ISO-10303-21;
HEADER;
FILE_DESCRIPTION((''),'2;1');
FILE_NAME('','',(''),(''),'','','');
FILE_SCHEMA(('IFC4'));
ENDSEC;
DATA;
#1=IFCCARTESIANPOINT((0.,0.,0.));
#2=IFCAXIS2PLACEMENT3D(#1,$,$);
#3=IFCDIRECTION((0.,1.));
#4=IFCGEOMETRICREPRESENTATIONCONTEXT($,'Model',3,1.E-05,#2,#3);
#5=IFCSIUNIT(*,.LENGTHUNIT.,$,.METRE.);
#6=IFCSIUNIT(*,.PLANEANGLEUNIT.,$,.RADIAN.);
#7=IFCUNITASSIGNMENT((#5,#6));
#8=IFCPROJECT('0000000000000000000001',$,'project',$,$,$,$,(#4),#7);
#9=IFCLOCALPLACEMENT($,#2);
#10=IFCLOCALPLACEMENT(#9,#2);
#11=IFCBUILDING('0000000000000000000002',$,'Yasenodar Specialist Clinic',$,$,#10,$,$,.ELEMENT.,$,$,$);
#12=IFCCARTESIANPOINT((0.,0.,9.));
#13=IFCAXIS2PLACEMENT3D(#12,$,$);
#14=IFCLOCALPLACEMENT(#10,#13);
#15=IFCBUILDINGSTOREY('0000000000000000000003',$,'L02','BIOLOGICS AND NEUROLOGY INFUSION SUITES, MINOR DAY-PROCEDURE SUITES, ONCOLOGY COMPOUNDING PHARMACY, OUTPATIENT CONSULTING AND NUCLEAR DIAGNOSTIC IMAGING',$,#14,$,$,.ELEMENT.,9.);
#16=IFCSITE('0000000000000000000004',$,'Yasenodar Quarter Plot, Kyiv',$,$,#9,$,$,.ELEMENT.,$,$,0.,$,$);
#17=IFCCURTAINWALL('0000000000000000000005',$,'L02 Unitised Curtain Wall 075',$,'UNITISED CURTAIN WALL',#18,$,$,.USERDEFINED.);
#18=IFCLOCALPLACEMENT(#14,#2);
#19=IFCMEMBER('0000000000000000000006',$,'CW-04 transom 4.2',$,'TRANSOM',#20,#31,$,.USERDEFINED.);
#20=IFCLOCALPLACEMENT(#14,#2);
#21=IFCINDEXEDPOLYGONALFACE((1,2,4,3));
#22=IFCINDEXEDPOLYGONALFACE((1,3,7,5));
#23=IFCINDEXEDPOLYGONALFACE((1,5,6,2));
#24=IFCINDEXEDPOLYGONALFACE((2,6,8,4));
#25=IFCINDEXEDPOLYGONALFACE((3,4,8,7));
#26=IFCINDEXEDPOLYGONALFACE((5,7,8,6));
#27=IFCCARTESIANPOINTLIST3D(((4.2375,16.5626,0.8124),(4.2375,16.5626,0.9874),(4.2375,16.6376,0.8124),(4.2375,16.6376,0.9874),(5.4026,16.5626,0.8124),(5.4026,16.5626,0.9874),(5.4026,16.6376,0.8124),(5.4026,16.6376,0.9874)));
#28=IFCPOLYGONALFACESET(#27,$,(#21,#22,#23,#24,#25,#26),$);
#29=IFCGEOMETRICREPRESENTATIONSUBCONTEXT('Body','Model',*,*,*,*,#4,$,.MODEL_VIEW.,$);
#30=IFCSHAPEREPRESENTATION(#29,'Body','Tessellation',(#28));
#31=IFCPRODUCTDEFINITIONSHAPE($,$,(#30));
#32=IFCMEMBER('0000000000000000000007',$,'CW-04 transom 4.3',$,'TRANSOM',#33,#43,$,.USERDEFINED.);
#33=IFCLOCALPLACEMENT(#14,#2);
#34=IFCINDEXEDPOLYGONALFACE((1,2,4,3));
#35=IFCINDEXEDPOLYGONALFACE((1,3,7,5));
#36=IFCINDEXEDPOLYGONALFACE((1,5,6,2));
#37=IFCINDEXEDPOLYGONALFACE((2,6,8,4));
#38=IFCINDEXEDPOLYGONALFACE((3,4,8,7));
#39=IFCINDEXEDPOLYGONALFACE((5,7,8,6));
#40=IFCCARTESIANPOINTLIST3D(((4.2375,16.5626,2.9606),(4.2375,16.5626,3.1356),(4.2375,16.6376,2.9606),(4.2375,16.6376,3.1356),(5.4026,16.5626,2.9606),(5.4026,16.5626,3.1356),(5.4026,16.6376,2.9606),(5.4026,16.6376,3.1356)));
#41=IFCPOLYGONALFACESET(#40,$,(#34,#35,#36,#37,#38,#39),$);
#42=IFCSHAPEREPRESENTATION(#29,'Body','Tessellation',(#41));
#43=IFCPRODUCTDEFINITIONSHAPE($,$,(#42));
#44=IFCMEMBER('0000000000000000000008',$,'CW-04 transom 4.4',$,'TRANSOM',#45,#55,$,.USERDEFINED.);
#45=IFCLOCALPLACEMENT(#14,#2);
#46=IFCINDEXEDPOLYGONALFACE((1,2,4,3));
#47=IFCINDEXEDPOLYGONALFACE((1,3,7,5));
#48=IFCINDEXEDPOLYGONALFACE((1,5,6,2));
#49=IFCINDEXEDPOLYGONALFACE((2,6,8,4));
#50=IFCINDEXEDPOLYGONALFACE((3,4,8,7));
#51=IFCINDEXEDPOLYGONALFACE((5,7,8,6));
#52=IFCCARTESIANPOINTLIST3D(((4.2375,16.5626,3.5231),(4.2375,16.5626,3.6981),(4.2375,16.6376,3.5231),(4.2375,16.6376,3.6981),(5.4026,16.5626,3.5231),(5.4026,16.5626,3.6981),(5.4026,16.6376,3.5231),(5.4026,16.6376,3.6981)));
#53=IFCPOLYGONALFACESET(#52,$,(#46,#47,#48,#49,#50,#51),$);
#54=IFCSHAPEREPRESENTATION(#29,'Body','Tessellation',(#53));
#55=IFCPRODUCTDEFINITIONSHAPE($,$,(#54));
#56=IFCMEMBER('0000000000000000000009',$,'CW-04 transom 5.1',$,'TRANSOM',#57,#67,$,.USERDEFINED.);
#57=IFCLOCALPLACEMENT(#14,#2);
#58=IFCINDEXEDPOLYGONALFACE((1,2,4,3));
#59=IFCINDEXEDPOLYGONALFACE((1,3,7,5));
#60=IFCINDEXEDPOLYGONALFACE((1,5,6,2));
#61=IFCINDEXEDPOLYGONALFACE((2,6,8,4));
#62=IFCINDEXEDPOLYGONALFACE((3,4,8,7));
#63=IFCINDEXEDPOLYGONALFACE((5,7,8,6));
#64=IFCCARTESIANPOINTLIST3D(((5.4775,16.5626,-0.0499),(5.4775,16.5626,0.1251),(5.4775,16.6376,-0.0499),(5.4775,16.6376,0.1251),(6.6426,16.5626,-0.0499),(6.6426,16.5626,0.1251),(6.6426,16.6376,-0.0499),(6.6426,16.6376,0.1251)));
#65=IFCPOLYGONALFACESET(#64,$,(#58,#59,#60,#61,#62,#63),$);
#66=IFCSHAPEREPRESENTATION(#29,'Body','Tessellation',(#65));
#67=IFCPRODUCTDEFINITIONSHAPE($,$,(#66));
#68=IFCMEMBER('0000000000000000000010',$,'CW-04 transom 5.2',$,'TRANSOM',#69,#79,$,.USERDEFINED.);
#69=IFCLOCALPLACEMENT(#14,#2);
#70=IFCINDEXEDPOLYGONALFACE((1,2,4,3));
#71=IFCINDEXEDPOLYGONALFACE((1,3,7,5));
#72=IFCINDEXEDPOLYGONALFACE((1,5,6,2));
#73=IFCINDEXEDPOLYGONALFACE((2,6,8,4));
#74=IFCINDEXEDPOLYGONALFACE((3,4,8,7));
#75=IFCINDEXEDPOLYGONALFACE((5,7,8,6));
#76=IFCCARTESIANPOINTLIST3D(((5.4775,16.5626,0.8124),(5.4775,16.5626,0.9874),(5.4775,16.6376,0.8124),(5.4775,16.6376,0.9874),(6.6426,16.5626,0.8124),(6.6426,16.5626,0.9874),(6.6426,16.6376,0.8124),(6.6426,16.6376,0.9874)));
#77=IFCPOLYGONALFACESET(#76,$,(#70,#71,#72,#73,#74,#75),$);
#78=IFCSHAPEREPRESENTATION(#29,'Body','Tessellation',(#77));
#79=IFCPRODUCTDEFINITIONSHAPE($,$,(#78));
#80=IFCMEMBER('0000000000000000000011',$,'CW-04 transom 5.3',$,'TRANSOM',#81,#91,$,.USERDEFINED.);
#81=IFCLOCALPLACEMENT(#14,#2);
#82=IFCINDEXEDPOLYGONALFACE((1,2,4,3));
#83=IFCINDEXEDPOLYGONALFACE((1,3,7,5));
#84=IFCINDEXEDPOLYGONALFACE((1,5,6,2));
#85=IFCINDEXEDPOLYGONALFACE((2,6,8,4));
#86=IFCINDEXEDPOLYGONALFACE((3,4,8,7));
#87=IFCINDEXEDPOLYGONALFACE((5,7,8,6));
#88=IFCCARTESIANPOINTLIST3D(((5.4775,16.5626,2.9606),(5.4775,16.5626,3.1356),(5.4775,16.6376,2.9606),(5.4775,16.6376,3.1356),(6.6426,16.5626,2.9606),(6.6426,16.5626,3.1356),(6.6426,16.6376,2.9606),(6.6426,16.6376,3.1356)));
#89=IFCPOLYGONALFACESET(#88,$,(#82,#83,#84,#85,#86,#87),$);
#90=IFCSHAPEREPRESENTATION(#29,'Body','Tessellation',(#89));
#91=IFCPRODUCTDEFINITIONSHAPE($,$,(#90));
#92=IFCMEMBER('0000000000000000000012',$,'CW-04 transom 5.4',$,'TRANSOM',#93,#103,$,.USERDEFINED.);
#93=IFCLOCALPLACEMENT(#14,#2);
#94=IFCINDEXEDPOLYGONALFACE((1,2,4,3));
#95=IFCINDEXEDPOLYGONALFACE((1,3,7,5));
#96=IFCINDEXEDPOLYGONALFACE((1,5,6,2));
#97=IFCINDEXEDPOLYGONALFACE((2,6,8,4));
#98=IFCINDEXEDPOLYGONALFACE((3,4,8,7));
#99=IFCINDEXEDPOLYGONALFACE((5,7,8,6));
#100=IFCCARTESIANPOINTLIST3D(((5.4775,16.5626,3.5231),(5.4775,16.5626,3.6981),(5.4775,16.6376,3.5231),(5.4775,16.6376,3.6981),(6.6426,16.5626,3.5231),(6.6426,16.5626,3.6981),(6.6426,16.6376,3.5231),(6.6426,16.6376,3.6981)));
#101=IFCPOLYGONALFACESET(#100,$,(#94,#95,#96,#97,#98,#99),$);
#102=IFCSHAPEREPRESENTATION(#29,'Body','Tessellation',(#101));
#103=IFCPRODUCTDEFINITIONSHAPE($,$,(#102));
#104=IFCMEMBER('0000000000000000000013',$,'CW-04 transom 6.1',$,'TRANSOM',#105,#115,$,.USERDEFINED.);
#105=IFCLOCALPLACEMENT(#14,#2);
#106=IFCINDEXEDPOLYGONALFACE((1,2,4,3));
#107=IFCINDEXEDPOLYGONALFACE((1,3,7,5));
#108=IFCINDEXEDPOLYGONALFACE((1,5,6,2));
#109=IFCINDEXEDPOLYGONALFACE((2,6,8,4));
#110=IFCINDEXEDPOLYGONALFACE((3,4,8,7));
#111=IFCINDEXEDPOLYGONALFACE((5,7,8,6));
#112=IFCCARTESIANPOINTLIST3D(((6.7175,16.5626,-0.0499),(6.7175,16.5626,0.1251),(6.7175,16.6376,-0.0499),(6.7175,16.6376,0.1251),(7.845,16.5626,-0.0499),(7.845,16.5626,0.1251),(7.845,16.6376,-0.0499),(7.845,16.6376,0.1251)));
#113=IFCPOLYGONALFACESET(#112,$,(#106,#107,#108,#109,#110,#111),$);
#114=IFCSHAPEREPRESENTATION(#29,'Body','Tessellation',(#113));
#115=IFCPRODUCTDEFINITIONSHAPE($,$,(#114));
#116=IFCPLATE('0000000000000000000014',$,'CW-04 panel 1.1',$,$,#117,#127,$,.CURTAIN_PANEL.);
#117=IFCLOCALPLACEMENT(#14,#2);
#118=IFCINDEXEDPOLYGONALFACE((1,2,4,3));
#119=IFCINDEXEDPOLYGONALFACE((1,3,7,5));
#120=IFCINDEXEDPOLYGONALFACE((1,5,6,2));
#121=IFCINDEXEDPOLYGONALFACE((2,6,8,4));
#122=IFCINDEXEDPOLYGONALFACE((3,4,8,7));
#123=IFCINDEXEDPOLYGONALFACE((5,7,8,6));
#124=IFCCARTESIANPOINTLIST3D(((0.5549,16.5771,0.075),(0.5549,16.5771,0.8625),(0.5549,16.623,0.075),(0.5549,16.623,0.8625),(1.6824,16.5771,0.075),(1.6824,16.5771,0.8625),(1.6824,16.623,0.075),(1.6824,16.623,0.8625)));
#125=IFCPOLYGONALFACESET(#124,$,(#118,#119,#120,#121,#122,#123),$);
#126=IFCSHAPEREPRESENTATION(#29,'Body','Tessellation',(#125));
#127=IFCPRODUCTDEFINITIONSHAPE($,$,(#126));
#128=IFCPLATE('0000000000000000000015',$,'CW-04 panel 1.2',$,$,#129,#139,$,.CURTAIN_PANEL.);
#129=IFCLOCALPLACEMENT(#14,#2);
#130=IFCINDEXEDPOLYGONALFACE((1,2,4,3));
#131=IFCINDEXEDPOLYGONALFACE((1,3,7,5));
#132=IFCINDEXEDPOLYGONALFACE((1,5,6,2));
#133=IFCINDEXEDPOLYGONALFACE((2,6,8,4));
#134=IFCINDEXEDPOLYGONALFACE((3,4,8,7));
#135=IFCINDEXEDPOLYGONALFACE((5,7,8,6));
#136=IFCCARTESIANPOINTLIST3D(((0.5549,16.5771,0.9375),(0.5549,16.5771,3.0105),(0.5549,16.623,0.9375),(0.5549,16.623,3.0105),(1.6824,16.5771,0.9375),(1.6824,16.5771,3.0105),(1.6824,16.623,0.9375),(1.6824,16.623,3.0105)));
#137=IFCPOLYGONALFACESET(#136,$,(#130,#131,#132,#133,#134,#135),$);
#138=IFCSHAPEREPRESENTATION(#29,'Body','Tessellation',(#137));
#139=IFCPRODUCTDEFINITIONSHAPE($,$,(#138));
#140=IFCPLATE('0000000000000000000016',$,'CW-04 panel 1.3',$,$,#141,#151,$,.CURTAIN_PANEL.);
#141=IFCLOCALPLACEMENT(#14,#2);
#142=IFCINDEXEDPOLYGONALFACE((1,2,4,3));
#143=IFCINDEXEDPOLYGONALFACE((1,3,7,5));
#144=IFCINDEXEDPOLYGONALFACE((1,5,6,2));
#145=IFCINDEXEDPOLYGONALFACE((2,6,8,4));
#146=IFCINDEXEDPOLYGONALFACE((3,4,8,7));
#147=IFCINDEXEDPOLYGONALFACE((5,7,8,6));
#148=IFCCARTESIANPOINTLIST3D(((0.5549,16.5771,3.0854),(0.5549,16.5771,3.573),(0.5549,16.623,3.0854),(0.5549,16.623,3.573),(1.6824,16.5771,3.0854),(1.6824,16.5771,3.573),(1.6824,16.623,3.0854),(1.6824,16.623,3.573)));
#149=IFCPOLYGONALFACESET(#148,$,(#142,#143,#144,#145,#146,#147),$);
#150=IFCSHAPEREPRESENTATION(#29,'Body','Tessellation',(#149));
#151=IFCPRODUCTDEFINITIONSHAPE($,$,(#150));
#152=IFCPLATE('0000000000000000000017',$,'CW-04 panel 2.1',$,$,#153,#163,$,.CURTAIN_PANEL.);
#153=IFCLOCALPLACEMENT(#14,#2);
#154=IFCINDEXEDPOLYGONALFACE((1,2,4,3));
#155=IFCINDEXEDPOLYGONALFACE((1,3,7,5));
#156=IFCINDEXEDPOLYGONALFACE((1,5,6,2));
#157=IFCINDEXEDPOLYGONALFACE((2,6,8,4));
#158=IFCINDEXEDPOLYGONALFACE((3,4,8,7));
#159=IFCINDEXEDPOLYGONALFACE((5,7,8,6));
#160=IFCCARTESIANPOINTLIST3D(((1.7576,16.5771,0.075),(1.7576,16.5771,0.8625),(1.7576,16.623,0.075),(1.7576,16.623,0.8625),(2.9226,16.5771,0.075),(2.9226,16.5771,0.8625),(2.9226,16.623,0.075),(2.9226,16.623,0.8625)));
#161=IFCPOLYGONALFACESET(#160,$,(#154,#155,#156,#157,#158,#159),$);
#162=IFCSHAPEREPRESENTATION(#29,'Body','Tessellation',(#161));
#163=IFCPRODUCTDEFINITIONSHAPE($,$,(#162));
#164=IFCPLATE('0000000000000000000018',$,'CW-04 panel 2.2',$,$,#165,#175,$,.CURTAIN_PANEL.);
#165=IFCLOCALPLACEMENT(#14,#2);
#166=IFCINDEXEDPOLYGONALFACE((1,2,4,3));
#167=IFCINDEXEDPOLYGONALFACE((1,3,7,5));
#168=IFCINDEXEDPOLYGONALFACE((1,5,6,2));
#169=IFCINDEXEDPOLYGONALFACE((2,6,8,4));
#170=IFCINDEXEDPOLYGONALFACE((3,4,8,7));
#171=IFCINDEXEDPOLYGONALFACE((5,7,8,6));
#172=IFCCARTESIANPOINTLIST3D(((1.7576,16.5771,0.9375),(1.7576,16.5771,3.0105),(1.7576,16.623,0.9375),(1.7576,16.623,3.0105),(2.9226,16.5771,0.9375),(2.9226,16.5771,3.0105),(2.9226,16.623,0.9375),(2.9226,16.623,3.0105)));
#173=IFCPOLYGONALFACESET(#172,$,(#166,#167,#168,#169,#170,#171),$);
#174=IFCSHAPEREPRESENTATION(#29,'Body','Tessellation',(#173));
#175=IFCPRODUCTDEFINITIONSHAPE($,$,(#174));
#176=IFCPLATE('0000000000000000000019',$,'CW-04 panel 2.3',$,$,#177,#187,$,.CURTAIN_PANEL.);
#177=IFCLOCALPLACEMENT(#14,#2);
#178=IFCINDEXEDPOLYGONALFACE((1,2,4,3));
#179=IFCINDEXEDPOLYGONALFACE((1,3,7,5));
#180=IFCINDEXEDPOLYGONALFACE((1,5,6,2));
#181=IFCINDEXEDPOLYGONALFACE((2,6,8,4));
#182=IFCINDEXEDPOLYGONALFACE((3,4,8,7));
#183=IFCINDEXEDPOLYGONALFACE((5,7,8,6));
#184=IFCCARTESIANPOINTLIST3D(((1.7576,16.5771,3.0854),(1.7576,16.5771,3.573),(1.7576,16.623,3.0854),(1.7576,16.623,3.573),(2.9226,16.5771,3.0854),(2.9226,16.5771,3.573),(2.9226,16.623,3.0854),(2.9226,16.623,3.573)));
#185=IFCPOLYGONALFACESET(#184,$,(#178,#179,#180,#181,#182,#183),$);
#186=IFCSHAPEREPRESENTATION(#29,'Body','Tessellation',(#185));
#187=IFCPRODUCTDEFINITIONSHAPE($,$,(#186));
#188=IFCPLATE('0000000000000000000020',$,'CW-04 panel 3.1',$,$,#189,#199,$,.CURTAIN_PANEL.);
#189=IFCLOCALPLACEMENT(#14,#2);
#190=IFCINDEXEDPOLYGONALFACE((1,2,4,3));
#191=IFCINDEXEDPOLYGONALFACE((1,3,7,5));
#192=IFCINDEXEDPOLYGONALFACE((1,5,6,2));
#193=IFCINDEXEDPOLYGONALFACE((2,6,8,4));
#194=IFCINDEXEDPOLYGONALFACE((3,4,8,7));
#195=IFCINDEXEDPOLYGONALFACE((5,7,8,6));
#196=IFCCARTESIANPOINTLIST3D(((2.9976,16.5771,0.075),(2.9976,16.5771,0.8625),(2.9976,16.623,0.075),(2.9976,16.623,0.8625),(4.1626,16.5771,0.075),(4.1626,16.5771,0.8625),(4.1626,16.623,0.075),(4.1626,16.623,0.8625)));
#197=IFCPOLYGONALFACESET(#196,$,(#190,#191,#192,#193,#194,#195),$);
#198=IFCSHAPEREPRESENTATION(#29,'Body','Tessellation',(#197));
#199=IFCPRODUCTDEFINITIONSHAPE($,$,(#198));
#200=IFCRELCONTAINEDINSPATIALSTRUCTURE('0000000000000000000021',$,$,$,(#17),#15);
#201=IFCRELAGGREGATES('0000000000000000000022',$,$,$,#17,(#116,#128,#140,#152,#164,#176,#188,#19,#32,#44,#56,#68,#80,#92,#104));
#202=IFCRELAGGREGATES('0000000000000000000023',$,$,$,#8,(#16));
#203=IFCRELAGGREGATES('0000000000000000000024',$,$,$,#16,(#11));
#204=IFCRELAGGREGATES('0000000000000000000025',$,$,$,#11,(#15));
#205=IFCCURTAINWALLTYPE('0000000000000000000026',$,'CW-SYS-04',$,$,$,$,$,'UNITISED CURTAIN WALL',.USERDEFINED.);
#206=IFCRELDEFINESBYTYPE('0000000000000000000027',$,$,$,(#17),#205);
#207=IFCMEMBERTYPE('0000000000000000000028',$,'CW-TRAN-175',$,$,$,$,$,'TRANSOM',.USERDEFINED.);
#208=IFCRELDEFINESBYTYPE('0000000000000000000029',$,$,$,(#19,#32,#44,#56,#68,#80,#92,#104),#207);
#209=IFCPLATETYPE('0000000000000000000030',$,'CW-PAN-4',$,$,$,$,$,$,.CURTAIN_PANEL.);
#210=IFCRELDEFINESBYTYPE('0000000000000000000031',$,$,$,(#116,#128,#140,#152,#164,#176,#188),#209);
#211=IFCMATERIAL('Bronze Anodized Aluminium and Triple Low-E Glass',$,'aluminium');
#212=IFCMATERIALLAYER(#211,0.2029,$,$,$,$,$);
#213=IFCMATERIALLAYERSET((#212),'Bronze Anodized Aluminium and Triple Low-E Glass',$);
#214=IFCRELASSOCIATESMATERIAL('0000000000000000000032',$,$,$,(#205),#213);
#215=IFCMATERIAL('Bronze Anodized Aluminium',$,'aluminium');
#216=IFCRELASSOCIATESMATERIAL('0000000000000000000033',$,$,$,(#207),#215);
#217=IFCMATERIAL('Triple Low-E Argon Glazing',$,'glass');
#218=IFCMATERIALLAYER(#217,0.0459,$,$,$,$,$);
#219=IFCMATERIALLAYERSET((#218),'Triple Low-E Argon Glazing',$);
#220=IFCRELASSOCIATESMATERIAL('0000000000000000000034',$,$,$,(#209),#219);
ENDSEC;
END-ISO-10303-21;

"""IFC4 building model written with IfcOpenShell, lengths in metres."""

from ifc_helpers import new_model, si_unit, direction, frame, origin, origin_2d, place, context, subcontext, project, spatial, rectangle, extrude, material, layer, layer_set, material_profile, profile_set, type_object, element, aggregate, save


model = new_model("IFC4")

# Units and contexts
model_context = context("Model", 3, precision=1e-05, world=origin(), true_north=direction((0.0, 1.0)))
body_context = subcontext(model_context, "Body", "Model", "MODEL_VIEW")
ifc_project = project(units=[si_unit("LENGTHUNIT", "METRE"), si_unit("PLANEANGLEUNIT", "RADIAN")], contexts=[model_context])

# Site, building, storey
site_placement = place(None, origin())
site = spatial("IfcSite", under=ifc_project, at=site_placement, Name="Yasenodar Quarter Plot, Kyiv", CompositionType="ELEMENT", RefElevation=0.0)
building_placement = place(site_placement, origin())
building = spatial("IfcBuilding", under=site, at=building_placement, Name="Yasenodar Specialist Clinic", CompositionType="ELEMENT")
storey_placement = place(building_placement, frame((0.0, 0.0, 9.0)))
storey = spatial("IfcBuildingStorey", under=building, at=storey_placement, Name="L02", Description="BIOLOGICS AND NEUROLOGY INFUSION SUITES, MINOR DAY-PROCEDURE SUITES, ONCOLOGY COMPOUNDING PHARMACY, OUTPATIENT CONSULTING AND NUCLEAR DIAGNOSTIC IMAGING", CompositionType="ELEMENT", Elevation=9.0)

# Curtain wall, members, plates
ifc_material_1 = material(Name="Bronze Anodized Aluminium and Triple Low-E Glass", Category="aluminium")
ifc_layer_1 = layer(ifc_material_1, 0.2029)
ifc_layer_set_1 = layer_set([ifc_layer_1], Name="Bronze Anodized Aluminium and Triple Low-E Glass")
curtain_wall_type = type_object("IfcCurtainWallType", Name="CW-SYS-04", ElementType="UNITISED CURTAIN WALL", PredefinedType="USERDEFINED", material=ifc_layer_set_1)
curtain_wall_placement = place(storey_placement, origin())
curtain_wall = element("IfcCurtainWall", 1, at=curtain_wall_placement, inside=storey, type_object=curtain_wall_type, Name="L02 Unitised Curtain Wall 075", ObjectType="UNITISED CURTAIN WALL", PredefinedType="USERDEFINED")
ifc_material_2 = material(Name="Bronze Anodized Aluminium", Category="aluminium")
ifc_material_profile_1 = material_profile(ifc_material_2, rectangle(XDim=0.075, YDim=0.175, at=origin_2d()), Name="CW-TRAN 75x175")
ifc_profile_set_1 = profile_set([ifc_material_profile_1], Name="Bronze Anodized Aluminium")
member_type_1 = type_object("IfcMemberType", Name="CW-TRAN-175", ElementType="TRANSOM", PredefinedType="USERDEFINED", material=ifc_profile_set_1)
member_1_placement = place(storey_placement, frame((4.2375, 16.6001, 0.8999), z_axis=(1.0, 0.0, 0.0), x_axis=(0.0, 1.0, 0.0)))
member_1 = element("IfcMember", 2, at=member_1_placement, type_object=member_type_1, Name="CW-04 transom 4.2", ObjectType="TRANSOM", PredefinedType="USERDEFINED", context=body_context, shape_type="SweptSolid", body=[
    extrude(rectangle(XDim=0.075, YDim=0.175, at=origin_2d()), origin(), (0.0, 0.0, 1.0), 1.165),
])
member_2_placement = place(storey_placement, frame((4.2375, 16.6001, 3.0481), z_axis=(1.0, 0.0, 0.0), x_axis=(0.0, 1.0, 0.0)))
member_2 = element("IfcMember", 3, at=member_2_placement, type_object=member_type_1, Name="CW-04 transom 4.3", ObjectType="TRANSOM", PredefinedType="USERDEFINED", context=body_context, shape_type="SweptSolid", body=[
    extrude(rectangle(XDim=0.075, YDim=0.175, at=origin_2d()), origin(), (0.0, 0.0, 1.0), 1.165),
])
member_3_placement = place(storey_placement, frame((4.2375, 16.6001, 3.6106), z_axis=(1.0, 0.0, 0.0), x_axis=(0.0, 1.0, 0.0)))
member_3 = element("IfcMember", 4, at=member_3_placement, type_object=member_type_1, Name="CW-04 transom 4.4", ObjectType="TRANSOM", PredefinedType="USERDEFINED", context=body_context, shape_type="SweptSolid", body=[
    extrude(rectangle(XDim=0.075, YDim=0.175, at=origin_2d()), origin(), (0.0, 0.0, 1.0), 1.165),
])
member_4_placement = place(storey_placement, frame((5.4775, 16.6001, 0.0376), z_axis=(1.0, 0.0, 0.0), x_axis=(0.0, 1.0, 0.0)))
member_4 = element("IfcMember", 5, at=member_4_placement, type_object=member_type_1, Name="CW-04 transom 5.1", ObjectType="TRANSOM", PredefinedType="USERDEFINED", context=body_context, shape_type="SweptSolid", body=[
    extrude(rectangle(XDim=0.075, YDim=0.175, at=origin_2d()), origin(), (0.0, 0.0, 1.0), 1.165),
])
member_5_placement = place(storey_placement, frame((5.4775, 16.6001, 0.8999), z_axis=(1.0, 0.0, 0.0), x_axis=(0.0, 1.0, 0.0)))
member_5 = element("IfcMember", 6, at=member_5_placement, type_object=member_type_1, Name="CW-04 transom 5.2", ObjectType="TRANSOM", PredefinedType="USERDEFINED", context=body_context, shape_type="SweptSolid", body=[
    extrude(rectangle(XDim=0.075, YDim=0.175, at=origin_2d()), origin(), (0.0, 0.0, 1.0), 1.165),
])
member_6_placement = place(storey_placement, frame((5.4775, 16.6001, 3.0481), z_axis=(1.0, 0.0, 0.0), x_axis=(0.0, 1.0, 0.0)))
member_6 = element("IfcMember", 7, at=member_6_placement, type_object=member_type_1, Name="CW-04 transom 5.3", ObjectType="TRANSOM", PredefinedType="USERDEFINED", context=body_context, shape_type="SweptSolid", body=[
    extrude(rectangle(XDim=0.075, YDim=0.175, at=origin_2d()), origin(), (0.0, 0.0, 1.0), 1.165),
])
member_7_placement = place(storey_placement, frame((5.4775, 16.6001, 3.6106), z_axis=(1.0, 0.0, 0.0), x_axis=(0.0, 1.0, 0.0)))
member_7 = element("IfcMember", 8, at=member_7_placement, type_object=member_type_1, Name="CW-04 transom 5.4", ObjectType="TRANSOM", PredefinedType="USERDEFINED", context=body_context, shape_type="SweptSolid", body=[
    extrude(rectangle(XDim=0.075, YDim=0.175, at=origin_2d()), origin(), (0.0, 0.0, 1.0), 1.165),
])
member_8_placement = place(storey_placement, frame((6.7175, 16.6001, 0.0376), z_axis=(1.0, 0.0, 0.0), x_axis=(0.0, 1.0, 0.0)))
member_8 = element("IfcMember", 9, at=member_8_placement, type_object=member_type_1, Name="CW-04 transom 6.1", ObjectType="TRANSOM", PredefinedType="USERDEFINED", context=body_context, shape_type="SweptSolid", body=[
    extrude(rectangle(XDim=0.075, YDim=0.175, at=origin_2d()), origin(), (0.0, 0.0, 1.0), 1.1274),
])
ifc_material_3 = material(Name="Triple Low-E Argon Glazing", Category="glass")
ifc_layer_2 = layer(ifc_material_3, 0.0459)
ifc_layer_set_2 = layer_set([ifc_layer_2], Name="Triple Low-E Argon Glazing")
plate_type = type_object("IfcPlateType", Name="CW-PAN-4", PredefinedType="CURTAIN_PANEL", material=ifc_layer_set_2)
plate_1_placement = place(storey_placement, frame((1.1187, 16.6001, 0.075), z_axis=(0.0, 0.0, 1.0), x_axis=(1.0, 0.0, 0.0)))
plate_1 = element("IfcPlate", 10, at=plate_1_placement, type_object=plate_type, Name="CW-04 panel 1.1", PredefinedType="CURTAIN_PANEL", context=body_context, shape_type="SweptSolid", body=[
    extrude(rectangle(XDim=1.1274, YDim=0.0459, at=origin_2d()), origin(), (0.0, 0.0, 1.0), 0.7876),
])
plate_2_placement = place(storey_placement, frame((1.1187, 16.6001, 0.9375), z_axis=(0.0, 0.0, 1.0), x_axis=(1.0, 0.0, 0.0)))
plate_2 = element("IfcPlate", 11, at=plate_2_placement, type_object=plate_type, Name="CW-04 panel 1.2", PredefinedType="CURTAIN_PANEL", context=body_context, shape_type="SweptSolid", body=[
    extrude(rectangle(XDim=1.1274, YDim=0.0459, at=origin_2d()), origin(), (0.0, 0.0, 1.0), 2.073),
])
plate_3_placement = place(storey_placement, frame((1.1187, 16.6001, 3.0854), z_axis=(0.0, 0.0, 1.0), x_axis=(1.0, 0.0, 0.0)))
plate_3 = element("IfcPlate", 12, at=plate_3_placement, type_object=plate_type, Name="CW-04 panel 1.3", PredefinedType="CURTAIN_PANEL", context=body_context, shape_type="SweptSolid", body=[
    extrude(rectangle(XDim=1.1274, YDim=0.0459, at=origin_2d()), origin(), (0.0, 0.0, 1.0), 0.4875),
])
plate_4_placement = place(storey_placement, frame((2.3401, 16.6001, 0.075), z_axis=(0.0, 0.0, 1.0), x_axis=(1.0, 0.0, 0.0)))
plate_4 = element("IfcPlate", 13, at=plate_4_placement, type_object=plate_type, Name="CW-04 panel 2.1", PredefinedType="CURTAIN_PANEL", context=body_context, shape_type="SweptSolid", body=[
    extrude(rectangle(XDim=1.165, YDim=0.0459, at=origin_2d()), origin(), (0.0, 0.0, 1.0), 0.7876),
])
plate_5_placement = place(storey_placement, frame((2.3401, 16.6001, 0.9375), z_axis=(0.0, 0.0, 1.0), x_axis=(1.0, 0.0, 0.0)))
plate_5 = element("IfcPlate", 14, at=plate_5_placement, type_object=plate_type, Name="CW-04 panel 2.2", PredefinedType="CURTAIN_PANEL", context=body_context, shape_type="SweptSolid", body=[
    extrude(rectangle(XDim=1.165, YDim=0.0459, at=origin_2d()), origin(), (0.0, 0.0, 1.0), 2.073),
])
plate_6_placement = place(storey_placement, frame((2.3401, 16.6001, 3.0854), z_axis=(0.0, 0.0, 1.0), x_axis=(1.0, 0.0, 0.0)))
plate_6 = element("IfcPlate", 15, at=plate_6_placement, type_object=plate_type, Name="CW-04 panel 2.3", PredefinedType="CURTAIN_PANEL", context=body_context, shape_type="SweptSolid", body=[
    extrude(rectangle(XDim=1.165, YDim=0.0459, at=origin_2d()), origin(), (0.0, 0.0, 1.0), 0.4875),
])
plate_7_placement = place(storey_placement, frame((3.5801, 16.6001, 0.075), z_axis=(0.0, 0.0, 1.0), x_axis=(1.0, 0.0, 0.0)))
plate_7 = element("IfcPlate", 16, at=plate_7_placement, type_object=plate_type, Name="CW-04 panel 3.1", PredefinedType="CURTAIN_PANEL", context=body_context, shape_type="SweptSolid", body=[
    extrude(rectangle(XDim=1.165, YDim=0.0459, at=origin_2d()), origin(), (0.0, 0.0, 1.0), 0.7876),
])
aggregate(curtain_wall, [plate_1, plate_2, plate_3, plate_4, plate_5, plate_6, plate_7, member_1, member_2, member_3, member_4, member_5, member_6, member_7, member_8])

save(model, "model.ifc")
